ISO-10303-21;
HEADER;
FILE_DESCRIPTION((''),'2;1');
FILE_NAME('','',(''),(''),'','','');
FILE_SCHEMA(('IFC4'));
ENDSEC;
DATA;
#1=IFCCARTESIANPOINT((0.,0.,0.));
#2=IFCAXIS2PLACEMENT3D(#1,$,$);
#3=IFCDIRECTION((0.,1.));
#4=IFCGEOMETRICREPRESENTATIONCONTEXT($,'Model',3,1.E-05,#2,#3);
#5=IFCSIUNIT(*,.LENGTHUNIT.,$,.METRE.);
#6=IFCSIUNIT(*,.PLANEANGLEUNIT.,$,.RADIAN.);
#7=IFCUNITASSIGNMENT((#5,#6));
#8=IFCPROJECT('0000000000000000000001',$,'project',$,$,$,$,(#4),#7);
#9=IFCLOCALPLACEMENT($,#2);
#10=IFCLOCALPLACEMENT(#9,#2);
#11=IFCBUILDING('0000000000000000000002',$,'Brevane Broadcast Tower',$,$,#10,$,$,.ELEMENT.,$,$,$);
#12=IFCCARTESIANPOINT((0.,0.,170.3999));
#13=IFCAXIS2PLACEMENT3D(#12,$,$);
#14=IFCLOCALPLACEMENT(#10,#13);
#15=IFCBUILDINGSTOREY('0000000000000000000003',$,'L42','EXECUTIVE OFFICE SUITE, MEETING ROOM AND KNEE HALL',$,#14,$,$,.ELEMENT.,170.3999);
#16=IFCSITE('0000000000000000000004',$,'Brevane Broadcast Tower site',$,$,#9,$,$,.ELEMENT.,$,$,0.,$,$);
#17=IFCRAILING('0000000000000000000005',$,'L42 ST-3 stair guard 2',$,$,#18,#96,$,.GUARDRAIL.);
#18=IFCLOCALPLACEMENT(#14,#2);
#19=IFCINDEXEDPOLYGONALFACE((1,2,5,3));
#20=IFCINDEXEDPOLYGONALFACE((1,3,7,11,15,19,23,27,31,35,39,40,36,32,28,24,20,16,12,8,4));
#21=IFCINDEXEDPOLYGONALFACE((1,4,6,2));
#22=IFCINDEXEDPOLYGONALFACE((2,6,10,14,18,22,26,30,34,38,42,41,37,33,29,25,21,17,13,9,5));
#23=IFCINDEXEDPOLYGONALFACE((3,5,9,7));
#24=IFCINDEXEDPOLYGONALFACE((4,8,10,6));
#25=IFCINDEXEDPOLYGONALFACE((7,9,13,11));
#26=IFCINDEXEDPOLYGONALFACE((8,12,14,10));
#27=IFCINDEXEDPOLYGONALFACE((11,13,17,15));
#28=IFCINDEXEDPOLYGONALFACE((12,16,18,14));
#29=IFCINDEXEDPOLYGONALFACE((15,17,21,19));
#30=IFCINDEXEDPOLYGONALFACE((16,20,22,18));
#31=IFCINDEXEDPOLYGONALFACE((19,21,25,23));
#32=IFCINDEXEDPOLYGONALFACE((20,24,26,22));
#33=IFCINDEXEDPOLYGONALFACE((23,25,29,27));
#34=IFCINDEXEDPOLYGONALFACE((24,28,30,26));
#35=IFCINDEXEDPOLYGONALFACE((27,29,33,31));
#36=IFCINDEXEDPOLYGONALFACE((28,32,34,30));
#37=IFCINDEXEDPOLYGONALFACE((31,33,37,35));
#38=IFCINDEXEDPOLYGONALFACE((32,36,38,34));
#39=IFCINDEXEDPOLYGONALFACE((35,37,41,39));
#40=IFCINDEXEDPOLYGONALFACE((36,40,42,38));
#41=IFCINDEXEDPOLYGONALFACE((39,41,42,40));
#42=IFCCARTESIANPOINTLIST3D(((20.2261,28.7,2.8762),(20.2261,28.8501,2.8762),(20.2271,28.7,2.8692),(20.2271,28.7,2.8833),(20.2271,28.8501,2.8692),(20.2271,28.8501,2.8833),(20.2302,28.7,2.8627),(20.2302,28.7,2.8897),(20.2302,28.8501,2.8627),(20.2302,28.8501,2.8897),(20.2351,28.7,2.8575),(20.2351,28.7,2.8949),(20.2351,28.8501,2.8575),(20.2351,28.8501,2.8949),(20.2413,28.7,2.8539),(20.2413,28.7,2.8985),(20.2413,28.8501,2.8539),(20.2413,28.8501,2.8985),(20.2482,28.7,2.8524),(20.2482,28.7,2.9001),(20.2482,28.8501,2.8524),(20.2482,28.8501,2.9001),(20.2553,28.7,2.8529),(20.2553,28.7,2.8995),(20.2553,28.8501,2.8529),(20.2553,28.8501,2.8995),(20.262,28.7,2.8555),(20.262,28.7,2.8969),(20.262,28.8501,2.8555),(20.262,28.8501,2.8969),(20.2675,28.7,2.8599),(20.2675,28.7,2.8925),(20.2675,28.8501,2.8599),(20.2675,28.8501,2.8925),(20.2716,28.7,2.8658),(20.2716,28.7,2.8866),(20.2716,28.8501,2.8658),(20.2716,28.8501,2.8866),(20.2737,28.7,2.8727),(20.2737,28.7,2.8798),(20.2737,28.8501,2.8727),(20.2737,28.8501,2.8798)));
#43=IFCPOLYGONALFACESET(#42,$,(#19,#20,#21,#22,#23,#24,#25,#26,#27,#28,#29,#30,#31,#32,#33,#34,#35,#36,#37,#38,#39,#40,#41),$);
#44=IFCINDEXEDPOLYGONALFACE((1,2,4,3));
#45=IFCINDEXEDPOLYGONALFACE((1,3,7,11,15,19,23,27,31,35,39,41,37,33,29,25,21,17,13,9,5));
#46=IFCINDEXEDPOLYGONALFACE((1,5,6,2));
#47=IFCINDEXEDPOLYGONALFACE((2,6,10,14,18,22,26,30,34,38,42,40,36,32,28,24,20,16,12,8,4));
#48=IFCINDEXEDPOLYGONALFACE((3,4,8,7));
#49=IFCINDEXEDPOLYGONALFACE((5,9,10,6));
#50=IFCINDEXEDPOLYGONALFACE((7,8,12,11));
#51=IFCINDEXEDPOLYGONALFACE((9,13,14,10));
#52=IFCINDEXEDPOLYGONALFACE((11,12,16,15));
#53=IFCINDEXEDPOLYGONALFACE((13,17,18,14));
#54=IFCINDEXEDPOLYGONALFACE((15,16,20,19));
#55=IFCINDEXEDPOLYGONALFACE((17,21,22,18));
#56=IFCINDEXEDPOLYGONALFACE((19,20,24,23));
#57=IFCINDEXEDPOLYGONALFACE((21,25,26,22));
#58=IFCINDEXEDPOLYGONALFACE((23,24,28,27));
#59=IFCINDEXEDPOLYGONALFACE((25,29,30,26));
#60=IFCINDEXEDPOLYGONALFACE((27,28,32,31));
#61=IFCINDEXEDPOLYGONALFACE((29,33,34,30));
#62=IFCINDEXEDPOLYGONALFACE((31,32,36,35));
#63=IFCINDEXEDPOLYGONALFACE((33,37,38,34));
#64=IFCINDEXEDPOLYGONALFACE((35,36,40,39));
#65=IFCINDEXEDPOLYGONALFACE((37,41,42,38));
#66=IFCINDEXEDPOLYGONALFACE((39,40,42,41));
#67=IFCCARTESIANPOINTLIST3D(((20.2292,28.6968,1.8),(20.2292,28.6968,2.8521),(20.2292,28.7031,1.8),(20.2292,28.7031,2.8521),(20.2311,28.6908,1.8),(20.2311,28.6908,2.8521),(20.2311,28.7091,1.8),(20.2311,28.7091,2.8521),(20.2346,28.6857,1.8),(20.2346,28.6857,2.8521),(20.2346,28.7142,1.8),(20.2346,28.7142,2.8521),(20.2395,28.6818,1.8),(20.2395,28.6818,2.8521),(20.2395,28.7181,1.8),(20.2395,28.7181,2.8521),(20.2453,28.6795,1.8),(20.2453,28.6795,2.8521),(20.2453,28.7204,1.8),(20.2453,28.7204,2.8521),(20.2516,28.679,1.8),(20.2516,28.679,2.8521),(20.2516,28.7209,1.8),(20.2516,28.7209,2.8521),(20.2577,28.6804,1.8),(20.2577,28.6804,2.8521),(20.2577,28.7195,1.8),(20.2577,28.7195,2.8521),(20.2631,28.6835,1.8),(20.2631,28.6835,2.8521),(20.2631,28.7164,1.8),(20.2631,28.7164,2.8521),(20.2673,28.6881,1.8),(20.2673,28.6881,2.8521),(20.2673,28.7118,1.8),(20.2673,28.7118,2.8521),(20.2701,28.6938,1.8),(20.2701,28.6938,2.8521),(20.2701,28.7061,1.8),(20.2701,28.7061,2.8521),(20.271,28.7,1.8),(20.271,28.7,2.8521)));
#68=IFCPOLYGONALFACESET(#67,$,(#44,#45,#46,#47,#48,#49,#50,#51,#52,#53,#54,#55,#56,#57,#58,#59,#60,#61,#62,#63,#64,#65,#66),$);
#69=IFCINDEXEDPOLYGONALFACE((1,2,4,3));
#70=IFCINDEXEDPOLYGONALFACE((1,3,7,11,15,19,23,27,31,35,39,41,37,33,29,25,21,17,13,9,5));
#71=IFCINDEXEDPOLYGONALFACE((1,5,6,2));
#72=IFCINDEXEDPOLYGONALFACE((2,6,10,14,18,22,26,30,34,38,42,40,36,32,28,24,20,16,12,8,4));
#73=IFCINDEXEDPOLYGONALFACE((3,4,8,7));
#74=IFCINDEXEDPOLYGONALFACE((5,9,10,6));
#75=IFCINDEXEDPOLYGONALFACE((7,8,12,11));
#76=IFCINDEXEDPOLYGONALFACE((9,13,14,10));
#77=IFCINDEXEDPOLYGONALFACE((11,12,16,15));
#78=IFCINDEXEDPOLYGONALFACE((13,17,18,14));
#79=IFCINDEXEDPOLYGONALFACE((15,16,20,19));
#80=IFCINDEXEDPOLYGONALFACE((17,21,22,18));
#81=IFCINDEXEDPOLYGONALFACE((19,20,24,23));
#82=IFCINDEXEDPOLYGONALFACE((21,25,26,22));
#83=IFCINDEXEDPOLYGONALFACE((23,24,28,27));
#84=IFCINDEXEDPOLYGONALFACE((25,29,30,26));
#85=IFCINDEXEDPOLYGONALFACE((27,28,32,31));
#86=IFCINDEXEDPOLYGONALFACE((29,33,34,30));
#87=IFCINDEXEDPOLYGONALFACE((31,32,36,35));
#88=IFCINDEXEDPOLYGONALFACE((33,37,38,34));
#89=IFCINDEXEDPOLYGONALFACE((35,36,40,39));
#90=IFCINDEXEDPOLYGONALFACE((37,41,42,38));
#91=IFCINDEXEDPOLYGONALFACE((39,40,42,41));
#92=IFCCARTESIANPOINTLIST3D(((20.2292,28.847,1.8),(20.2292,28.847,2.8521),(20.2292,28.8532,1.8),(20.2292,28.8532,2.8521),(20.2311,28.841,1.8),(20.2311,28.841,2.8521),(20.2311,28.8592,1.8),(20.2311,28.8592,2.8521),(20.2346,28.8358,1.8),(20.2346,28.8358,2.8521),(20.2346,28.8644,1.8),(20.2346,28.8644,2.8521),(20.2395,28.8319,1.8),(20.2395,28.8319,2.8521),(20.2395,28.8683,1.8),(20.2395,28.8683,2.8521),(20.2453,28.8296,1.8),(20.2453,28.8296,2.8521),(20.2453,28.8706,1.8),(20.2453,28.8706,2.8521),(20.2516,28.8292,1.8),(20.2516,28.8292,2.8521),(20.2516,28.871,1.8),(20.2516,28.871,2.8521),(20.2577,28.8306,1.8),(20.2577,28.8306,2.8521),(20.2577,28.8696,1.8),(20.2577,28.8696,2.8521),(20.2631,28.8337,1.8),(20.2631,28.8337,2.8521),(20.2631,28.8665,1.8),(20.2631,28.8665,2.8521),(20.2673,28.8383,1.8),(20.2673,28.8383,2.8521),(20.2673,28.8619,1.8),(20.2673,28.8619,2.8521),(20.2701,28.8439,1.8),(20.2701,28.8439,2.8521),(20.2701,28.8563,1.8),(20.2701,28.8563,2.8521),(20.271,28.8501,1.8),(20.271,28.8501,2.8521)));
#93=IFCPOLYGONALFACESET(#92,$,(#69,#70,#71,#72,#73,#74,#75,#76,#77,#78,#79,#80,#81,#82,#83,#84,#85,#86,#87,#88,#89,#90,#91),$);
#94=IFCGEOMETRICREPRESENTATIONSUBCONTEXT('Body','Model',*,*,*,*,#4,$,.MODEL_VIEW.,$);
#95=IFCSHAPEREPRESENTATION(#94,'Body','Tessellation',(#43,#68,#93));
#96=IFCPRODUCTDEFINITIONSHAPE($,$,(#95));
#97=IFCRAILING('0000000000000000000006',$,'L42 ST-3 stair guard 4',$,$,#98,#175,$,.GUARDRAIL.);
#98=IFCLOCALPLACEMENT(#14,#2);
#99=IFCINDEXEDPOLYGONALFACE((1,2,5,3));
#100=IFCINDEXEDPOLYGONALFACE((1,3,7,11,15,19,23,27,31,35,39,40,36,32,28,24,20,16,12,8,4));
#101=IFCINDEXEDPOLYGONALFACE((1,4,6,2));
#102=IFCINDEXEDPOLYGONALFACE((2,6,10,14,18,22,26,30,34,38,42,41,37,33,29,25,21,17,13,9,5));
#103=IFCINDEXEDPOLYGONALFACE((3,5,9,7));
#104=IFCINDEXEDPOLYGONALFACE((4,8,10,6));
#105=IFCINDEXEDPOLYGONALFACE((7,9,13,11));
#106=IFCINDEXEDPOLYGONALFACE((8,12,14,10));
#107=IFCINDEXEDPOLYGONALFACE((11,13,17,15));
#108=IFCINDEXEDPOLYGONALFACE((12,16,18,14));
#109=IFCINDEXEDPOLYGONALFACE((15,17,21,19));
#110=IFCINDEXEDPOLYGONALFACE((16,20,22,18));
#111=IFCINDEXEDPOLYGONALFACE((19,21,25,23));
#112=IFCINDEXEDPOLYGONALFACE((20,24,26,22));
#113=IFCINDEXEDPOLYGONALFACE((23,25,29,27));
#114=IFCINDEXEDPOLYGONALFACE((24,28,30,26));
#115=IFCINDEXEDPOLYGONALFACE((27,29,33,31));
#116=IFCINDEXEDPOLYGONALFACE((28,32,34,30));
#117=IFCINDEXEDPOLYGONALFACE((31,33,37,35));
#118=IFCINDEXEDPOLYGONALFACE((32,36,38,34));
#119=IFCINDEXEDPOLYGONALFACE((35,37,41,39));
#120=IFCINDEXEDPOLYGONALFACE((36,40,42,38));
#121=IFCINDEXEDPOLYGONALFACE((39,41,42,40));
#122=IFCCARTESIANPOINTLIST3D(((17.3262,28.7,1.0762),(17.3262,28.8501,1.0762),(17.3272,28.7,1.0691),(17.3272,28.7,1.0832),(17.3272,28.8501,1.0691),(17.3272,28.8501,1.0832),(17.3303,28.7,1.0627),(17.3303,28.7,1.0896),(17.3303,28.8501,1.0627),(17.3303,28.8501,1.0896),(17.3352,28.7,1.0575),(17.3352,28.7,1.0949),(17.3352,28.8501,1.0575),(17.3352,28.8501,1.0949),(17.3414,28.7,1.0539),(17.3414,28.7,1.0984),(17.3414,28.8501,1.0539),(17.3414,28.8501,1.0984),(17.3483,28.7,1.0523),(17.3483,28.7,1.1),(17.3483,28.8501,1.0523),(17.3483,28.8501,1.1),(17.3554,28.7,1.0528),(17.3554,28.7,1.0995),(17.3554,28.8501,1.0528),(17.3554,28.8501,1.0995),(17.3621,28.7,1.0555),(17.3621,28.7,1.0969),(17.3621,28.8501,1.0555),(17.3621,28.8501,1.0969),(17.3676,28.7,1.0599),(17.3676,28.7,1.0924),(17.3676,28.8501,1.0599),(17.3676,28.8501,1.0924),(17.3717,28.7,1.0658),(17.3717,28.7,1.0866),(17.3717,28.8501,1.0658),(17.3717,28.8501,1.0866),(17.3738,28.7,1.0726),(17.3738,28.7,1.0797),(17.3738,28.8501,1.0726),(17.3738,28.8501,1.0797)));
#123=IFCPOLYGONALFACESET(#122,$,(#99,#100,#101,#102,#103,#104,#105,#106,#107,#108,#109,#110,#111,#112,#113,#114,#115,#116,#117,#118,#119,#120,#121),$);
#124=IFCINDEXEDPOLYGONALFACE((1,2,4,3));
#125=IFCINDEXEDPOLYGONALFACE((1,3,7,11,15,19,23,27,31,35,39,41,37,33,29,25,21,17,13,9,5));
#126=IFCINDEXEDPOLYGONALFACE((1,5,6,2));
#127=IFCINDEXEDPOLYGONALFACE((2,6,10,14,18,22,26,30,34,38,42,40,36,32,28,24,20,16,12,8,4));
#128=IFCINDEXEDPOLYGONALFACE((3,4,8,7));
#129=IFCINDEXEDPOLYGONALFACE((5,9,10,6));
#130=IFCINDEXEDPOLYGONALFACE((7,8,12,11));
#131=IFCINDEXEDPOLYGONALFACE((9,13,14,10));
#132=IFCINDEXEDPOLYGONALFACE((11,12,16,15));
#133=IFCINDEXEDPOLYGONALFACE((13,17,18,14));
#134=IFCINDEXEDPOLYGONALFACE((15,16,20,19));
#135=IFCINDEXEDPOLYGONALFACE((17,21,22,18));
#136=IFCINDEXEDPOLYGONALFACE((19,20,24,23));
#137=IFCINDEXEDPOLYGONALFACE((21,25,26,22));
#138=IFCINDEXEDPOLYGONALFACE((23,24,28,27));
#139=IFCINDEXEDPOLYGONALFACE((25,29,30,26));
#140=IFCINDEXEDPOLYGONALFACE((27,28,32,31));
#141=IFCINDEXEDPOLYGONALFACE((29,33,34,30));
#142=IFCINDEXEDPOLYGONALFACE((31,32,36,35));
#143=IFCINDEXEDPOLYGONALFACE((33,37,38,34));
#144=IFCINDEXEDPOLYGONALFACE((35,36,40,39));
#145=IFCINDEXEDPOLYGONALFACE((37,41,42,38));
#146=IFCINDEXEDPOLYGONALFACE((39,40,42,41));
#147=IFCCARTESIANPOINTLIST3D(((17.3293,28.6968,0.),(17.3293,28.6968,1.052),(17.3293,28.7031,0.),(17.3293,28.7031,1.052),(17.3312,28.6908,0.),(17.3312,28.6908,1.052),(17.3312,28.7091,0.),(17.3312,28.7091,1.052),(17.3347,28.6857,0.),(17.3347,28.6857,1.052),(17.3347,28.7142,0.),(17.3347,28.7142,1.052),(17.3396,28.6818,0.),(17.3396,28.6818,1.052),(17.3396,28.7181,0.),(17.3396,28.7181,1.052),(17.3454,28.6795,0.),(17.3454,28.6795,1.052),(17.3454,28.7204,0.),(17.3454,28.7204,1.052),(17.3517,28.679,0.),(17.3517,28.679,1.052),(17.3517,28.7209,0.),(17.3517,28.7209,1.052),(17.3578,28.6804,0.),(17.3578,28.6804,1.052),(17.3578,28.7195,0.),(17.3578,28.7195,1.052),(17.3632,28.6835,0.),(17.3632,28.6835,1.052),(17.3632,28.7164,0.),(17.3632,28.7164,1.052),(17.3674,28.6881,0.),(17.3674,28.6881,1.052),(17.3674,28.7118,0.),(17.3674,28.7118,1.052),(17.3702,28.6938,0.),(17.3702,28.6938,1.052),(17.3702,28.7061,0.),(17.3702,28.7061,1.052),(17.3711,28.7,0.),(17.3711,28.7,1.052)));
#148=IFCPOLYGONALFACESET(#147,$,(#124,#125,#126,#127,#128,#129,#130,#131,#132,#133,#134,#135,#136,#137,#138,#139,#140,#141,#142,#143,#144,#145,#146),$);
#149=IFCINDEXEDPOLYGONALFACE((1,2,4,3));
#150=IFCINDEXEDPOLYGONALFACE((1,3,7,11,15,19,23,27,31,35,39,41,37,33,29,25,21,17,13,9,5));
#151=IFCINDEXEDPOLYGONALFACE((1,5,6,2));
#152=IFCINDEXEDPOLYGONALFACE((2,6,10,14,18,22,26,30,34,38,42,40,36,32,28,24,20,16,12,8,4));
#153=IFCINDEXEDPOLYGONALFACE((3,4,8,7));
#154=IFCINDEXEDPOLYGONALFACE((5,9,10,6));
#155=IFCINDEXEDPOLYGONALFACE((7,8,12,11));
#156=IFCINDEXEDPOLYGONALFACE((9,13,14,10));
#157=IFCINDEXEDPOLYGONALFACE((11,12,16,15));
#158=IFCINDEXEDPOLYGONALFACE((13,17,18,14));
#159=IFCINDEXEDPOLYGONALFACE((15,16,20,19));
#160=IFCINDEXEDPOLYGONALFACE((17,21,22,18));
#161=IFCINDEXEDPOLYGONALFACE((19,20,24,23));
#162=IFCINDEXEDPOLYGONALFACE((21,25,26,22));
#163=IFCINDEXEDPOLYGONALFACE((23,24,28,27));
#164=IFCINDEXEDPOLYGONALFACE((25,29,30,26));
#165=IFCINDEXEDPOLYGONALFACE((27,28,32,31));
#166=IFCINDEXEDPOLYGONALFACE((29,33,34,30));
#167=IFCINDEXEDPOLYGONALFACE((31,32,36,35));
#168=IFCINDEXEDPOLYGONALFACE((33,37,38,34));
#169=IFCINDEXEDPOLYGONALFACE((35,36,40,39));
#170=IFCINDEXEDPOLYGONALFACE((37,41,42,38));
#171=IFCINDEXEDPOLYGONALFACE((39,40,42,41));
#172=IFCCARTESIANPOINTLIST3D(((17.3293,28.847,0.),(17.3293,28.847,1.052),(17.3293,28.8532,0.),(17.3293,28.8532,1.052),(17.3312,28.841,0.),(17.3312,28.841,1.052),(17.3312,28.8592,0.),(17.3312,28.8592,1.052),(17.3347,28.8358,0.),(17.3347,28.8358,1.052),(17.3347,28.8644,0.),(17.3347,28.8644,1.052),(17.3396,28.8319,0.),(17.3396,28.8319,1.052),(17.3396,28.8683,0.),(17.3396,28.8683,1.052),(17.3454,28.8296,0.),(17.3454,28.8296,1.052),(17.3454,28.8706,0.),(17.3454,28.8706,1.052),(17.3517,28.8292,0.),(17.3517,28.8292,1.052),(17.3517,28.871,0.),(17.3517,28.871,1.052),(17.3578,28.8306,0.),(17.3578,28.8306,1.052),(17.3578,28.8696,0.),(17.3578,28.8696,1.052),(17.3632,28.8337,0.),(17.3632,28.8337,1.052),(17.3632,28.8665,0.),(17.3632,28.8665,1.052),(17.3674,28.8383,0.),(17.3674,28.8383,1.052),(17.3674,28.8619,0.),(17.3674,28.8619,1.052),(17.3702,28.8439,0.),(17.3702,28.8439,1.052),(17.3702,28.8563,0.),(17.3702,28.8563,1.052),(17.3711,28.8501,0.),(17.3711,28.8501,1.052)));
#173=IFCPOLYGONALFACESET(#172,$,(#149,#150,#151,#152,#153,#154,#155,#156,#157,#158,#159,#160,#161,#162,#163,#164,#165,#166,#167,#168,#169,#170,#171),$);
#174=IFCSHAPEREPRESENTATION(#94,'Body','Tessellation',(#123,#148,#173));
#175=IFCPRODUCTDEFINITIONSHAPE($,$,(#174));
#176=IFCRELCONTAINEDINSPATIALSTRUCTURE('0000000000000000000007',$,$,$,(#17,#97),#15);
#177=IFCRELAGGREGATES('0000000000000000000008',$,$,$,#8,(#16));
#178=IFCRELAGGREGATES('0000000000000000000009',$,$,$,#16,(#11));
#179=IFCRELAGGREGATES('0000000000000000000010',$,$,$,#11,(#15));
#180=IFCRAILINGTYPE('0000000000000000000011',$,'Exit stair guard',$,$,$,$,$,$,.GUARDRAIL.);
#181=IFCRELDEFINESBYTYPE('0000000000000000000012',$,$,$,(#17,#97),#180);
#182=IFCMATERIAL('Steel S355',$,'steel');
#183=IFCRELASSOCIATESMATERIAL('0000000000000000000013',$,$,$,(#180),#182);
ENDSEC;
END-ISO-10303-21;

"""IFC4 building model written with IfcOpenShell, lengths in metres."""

from ifc_helpers import new_model, si_unit, direction, frame, origin, origin_2d, place, context, subcontext, project, spatial, circle, extrude, material, type_object, element, save


model = new_model("IFC4")

# Units and contexts
model_context = context("Model", 3, precision=1e-05, world=origin(), true_north=direction((0.0, 1.0)))
body_context = subcontext(model_context, "Body", "Model", "MODEL_VIEW")
ifc_project = project(units=[si_unit("LENGTHUNIT", "METRE"), si_unit("PLANEANGLEUNIT", "RADIAN")], contexts=[model_context])

# Site, building, storey
site_placement = place(None, origin())
site = spatial("IfcSite", under=ifc_project, at=site_placement, Name="Brevane Broadcast Tower site", CompositionType="ELEMENT", RefElevation=0.0)
building_placement = place(site_placement, origin())
building = spatial("IfcBuilding", under=site, at=building_placement, Name="Brevane Broadcast Tower", CompositionType="ELEMENT")
storey_placement = place(building_placement, frame((0.0, 0.0, 170.3999)))
storey = spatial("IfcBuildingStorey", under=building, at=storey_placement, Name="L42", Description="EXECUTIVE OFFICE SUITE, MEETING ROOM AND KNEE HALL", CompositionType="ELEMENT", Elevation=170.3999)

# Railings
ifc_material_1 = material(Name="Steel S355", Category="steel")
railing_type_1 = type_object("IfcRailingType", Name="Exit stair guard", PredefinedType="GUARDRAIL", material=ifc_material_1)
for number, where, name in (
    (1, (20.25, 28.7, 1.8), "L42 ST-3 stair guard 2"),
    (2, (17.3501, 28.7, 0.0), "L42 ST-3 stair guard 4"),
):
    element("IfcRailing", number, at=place(storey_placement, frame(where)), inside=storey, type_object=railing_type_1, Name=name, PredefinedType="GUARDRAIL", context=body_context, shape_type="SweptSolid", body=[
        extrude(circle(Radius=0.0239, at=origin_2d()), frame((0.0, 0.0, 1.0762), z_axis=(0.0, 1.0, 0.0), x_axis=(-1.0, 0.0, 0.0)), (0.0, 0.0, 1.0), 0.1501),
        extrude(circle(Radius=0.021, at=origin_2d()), origin(), (0.0, 0.0, 1.0), 1.052),
        extrude(circle(Radius=0.021, at=origin_2d()), frame((0.0, 0.1501, 0.0)), (0.0, 0.0, 1.0), 1.052),
    ])

save(model, "model.ifc")
